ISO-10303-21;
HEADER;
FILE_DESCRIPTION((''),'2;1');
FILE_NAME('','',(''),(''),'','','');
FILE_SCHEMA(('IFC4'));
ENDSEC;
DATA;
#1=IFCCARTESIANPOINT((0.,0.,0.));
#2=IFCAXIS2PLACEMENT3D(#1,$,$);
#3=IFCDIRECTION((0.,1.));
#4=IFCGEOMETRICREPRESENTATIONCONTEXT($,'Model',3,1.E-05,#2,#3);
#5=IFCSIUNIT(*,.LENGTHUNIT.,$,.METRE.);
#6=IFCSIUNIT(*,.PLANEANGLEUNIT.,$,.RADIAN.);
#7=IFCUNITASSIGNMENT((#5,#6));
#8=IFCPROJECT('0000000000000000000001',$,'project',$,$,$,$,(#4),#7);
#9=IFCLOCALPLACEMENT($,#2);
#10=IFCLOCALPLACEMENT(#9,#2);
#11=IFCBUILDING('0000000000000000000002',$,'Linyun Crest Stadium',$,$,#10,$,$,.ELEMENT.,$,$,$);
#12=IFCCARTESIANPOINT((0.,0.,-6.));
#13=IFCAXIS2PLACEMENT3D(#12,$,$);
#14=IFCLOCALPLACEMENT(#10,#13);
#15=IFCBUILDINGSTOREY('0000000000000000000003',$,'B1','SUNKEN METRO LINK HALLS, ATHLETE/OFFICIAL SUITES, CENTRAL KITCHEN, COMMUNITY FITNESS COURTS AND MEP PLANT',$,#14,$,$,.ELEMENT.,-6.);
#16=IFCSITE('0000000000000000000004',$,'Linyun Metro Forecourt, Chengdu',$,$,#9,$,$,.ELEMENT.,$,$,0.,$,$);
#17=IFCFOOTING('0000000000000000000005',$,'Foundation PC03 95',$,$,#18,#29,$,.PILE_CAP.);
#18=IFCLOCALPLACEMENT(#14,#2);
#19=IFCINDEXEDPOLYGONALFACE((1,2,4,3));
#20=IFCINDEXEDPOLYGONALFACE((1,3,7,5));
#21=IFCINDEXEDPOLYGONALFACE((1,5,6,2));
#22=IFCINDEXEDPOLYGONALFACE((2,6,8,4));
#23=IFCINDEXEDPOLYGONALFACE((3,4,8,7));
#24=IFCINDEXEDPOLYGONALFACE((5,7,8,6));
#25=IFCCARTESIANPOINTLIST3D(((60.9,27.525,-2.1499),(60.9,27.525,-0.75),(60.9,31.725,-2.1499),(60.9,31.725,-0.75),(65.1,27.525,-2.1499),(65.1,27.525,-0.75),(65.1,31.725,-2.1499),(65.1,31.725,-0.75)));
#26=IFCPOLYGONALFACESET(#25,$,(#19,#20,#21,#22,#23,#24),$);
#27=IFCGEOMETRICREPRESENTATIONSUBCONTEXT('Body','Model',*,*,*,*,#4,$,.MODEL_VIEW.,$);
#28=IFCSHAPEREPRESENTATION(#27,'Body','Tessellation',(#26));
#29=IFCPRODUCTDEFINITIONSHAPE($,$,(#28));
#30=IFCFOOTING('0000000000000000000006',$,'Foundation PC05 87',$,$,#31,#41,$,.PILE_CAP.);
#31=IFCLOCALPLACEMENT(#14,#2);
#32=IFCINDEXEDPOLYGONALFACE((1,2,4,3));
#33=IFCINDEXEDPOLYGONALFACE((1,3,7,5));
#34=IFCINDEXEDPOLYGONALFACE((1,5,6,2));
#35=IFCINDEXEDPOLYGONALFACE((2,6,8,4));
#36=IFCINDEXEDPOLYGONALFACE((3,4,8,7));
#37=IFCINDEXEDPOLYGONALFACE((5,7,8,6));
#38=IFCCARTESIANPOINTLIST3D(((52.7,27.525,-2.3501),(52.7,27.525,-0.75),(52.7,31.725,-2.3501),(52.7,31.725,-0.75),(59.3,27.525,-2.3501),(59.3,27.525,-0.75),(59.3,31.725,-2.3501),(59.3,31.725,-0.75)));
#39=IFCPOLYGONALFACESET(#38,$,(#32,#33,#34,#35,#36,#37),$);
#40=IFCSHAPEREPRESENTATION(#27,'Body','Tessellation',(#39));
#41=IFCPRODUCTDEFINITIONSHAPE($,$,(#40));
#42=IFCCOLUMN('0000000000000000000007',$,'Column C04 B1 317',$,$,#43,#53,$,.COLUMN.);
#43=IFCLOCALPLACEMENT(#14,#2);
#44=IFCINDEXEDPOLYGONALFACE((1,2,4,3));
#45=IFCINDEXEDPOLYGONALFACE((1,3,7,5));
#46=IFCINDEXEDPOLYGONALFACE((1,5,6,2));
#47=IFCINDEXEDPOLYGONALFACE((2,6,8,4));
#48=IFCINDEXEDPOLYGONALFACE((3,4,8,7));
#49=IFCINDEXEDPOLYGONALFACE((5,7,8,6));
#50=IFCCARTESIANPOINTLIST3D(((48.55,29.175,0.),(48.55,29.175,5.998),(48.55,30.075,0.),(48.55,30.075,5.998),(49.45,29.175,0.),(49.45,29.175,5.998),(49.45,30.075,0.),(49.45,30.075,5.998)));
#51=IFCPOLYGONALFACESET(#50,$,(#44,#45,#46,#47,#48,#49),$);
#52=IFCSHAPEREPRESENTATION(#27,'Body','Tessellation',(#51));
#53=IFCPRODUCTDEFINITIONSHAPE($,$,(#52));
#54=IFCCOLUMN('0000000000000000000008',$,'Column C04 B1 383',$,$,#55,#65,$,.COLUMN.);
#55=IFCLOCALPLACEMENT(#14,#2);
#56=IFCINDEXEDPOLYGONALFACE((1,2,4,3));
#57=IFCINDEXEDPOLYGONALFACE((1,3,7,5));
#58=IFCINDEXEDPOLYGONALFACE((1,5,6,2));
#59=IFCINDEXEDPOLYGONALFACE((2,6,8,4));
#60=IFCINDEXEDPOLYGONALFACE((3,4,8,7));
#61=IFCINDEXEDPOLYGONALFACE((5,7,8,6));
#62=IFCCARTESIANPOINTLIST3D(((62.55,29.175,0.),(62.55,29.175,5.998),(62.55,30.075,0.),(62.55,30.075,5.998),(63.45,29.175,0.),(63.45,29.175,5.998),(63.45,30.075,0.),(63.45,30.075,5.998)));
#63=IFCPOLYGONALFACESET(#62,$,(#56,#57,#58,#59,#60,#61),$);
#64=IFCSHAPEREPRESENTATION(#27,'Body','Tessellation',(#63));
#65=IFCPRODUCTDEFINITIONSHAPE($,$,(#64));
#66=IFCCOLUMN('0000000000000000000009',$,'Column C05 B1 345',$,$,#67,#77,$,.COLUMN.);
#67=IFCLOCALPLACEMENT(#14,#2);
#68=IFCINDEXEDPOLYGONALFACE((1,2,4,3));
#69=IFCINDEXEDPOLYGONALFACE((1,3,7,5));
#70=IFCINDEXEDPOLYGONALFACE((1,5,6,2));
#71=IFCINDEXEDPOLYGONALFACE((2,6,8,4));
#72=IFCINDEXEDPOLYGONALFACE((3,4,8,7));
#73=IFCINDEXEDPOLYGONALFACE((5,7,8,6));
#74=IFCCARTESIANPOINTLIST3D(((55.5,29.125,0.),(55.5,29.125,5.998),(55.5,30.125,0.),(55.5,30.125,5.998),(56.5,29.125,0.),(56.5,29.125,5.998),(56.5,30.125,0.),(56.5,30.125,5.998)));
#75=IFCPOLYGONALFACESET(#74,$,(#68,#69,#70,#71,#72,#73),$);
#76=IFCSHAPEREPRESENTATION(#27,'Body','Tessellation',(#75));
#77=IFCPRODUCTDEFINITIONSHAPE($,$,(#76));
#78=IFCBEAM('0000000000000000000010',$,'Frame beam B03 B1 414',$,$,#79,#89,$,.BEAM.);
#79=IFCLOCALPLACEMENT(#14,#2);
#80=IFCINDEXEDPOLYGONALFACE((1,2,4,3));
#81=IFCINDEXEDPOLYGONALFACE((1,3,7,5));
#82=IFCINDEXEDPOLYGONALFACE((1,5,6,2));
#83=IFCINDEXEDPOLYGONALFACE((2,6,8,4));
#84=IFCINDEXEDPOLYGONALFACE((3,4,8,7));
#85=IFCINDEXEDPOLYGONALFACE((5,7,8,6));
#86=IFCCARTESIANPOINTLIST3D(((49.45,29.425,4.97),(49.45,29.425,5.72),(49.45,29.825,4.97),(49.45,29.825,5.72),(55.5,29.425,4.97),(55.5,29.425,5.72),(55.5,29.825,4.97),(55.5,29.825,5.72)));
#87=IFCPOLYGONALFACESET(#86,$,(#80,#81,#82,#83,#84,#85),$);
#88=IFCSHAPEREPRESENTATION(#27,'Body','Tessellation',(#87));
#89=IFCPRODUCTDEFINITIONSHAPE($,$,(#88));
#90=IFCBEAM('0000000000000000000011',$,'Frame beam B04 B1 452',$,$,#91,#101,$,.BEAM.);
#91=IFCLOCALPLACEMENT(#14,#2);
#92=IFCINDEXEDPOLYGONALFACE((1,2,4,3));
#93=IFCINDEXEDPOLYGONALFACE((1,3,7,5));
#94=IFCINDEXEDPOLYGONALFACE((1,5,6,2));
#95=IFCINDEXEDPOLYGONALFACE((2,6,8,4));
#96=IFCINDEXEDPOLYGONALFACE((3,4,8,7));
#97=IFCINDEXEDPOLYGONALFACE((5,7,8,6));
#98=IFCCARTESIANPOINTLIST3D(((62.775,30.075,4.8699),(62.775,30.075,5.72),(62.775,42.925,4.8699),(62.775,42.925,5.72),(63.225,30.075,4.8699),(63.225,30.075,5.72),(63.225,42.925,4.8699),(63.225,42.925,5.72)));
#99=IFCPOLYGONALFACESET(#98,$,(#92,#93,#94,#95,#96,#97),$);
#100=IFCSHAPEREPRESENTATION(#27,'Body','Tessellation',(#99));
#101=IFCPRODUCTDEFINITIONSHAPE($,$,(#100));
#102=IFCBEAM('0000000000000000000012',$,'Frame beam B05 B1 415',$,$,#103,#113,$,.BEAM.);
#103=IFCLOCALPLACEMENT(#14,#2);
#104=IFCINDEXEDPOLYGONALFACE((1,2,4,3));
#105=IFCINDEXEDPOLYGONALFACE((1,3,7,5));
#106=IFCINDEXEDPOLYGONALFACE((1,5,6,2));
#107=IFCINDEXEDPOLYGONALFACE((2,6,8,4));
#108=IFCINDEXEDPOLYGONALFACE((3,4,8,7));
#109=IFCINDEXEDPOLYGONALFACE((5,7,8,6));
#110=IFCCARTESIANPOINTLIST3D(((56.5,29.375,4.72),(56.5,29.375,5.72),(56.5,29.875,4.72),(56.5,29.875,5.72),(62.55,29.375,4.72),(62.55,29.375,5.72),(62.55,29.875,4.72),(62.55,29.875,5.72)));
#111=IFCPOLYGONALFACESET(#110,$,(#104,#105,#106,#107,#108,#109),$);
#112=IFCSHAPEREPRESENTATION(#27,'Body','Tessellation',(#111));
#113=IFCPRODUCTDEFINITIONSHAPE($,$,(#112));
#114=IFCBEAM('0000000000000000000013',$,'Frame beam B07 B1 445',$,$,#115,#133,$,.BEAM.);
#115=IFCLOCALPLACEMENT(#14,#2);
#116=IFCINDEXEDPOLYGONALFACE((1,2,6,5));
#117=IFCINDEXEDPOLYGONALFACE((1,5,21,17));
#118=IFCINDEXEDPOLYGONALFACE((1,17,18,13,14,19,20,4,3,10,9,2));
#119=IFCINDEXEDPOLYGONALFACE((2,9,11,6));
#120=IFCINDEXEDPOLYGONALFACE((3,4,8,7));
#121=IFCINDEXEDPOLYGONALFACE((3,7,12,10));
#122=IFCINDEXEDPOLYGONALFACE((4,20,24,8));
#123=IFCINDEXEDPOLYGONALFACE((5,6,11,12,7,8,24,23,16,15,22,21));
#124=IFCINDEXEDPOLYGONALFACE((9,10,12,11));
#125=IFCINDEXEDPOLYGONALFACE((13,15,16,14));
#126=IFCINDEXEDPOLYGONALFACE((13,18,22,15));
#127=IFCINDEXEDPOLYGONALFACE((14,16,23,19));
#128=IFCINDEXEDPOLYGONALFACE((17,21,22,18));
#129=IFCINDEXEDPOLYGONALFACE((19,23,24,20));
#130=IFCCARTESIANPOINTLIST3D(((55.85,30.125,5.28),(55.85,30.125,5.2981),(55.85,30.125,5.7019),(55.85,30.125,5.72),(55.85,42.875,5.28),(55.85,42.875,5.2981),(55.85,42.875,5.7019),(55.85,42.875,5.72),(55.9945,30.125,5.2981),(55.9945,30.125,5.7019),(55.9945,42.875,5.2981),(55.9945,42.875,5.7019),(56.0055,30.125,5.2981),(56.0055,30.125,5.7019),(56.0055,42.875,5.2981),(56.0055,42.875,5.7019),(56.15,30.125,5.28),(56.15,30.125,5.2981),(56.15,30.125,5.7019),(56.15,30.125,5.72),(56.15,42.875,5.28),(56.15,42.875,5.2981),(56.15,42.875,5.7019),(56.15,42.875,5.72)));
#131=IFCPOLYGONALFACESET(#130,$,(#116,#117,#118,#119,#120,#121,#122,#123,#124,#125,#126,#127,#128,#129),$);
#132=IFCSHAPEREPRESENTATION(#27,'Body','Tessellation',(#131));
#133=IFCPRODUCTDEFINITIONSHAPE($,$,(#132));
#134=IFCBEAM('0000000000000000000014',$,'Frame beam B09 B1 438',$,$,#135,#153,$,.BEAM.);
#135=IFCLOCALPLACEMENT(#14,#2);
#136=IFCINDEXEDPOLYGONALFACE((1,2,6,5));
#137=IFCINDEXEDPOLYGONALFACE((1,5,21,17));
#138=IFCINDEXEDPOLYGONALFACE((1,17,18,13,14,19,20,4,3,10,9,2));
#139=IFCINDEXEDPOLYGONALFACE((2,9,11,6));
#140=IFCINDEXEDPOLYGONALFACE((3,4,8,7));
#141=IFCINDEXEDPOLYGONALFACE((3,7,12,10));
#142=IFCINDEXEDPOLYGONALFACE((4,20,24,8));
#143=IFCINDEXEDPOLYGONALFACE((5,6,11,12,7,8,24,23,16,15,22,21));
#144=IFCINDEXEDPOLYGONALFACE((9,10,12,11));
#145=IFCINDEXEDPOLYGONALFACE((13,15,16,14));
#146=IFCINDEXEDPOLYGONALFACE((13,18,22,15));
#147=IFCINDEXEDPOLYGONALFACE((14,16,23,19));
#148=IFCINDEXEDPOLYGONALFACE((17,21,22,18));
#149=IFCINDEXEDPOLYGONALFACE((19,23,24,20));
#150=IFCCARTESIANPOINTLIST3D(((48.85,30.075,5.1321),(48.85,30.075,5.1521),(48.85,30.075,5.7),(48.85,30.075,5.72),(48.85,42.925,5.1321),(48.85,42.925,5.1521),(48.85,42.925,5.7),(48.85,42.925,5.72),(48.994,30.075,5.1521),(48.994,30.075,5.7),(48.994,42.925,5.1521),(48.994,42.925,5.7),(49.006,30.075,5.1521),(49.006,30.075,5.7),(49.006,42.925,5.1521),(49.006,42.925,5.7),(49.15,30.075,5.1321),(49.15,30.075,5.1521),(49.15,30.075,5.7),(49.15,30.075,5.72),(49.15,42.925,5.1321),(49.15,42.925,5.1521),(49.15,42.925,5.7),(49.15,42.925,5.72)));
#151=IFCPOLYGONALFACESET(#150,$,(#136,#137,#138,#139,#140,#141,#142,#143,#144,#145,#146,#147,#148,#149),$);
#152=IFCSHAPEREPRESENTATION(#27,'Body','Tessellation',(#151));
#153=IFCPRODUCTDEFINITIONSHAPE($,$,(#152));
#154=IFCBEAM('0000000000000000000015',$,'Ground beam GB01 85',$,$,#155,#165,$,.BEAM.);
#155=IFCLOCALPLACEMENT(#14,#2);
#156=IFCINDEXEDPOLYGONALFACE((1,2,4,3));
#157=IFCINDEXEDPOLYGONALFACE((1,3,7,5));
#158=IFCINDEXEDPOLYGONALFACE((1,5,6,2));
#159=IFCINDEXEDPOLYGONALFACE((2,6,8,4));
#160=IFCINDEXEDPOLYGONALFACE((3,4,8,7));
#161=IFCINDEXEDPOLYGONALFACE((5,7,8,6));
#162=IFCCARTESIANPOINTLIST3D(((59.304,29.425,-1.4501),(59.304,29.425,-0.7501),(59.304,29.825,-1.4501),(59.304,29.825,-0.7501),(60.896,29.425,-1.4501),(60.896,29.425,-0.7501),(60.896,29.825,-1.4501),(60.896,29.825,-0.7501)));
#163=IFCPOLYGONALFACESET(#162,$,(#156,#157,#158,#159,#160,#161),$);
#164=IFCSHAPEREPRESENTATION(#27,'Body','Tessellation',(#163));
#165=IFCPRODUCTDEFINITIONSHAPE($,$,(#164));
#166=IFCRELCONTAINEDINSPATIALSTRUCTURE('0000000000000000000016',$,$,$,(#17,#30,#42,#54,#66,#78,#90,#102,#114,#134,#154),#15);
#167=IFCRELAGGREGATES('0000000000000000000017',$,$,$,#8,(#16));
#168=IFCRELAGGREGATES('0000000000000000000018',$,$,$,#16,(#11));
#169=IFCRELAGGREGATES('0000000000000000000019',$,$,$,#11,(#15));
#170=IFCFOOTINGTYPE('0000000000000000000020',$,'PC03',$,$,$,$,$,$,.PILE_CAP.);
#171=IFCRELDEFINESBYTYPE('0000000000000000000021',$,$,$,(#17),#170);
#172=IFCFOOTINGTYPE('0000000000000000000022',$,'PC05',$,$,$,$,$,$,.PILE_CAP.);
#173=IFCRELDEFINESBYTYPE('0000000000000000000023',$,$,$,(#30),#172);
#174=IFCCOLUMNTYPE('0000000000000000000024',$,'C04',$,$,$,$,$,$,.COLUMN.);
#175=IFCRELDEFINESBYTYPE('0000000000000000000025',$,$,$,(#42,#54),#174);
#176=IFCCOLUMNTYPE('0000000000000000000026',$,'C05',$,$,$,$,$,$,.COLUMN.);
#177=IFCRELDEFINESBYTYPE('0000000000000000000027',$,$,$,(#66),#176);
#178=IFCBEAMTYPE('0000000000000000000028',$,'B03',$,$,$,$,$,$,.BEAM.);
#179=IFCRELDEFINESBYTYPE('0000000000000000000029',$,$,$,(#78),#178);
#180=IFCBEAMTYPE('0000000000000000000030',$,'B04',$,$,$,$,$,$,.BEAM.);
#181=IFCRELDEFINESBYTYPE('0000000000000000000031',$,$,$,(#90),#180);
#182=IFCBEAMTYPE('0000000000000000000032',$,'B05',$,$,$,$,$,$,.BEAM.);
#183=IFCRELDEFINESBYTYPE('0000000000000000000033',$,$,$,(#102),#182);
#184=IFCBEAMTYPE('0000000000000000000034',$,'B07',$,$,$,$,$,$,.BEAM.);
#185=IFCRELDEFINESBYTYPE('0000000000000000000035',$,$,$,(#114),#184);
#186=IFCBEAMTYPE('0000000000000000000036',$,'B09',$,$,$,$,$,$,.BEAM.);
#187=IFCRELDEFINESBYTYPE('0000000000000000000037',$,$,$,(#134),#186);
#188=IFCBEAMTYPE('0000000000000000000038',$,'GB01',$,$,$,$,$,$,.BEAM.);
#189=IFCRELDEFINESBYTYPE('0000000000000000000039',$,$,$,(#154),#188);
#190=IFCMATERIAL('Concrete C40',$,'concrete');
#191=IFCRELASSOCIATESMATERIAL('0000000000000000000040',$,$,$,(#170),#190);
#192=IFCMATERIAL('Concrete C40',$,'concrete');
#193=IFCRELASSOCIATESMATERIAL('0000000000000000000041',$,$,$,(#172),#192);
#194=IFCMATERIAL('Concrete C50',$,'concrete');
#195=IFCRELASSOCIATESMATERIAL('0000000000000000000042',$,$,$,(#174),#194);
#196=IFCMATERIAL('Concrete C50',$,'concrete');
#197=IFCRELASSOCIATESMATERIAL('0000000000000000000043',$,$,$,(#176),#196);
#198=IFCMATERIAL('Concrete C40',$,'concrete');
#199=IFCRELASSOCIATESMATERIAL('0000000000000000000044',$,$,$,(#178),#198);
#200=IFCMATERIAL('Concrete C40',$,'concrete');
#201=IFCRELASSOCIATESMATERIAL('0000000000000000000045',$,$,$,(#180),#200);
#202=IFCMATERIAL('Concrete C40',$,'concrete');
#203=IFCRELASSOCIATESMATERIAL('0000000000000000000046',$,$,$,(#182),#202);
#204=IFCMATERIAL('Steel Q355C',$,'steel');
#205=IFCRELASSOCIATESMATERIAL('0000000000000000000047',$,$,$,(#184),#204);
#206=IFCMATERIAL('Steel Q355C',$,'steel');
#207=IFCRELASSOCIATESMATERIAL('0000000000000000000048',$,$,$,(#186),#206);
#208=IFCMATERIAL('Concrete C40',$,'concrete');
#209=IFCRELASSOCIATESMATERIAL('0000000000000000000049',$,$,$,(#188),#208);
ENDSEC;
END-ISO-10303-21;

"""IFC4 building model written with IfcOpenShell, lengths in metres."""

from ifc_helpers import new_model, si_unit, direction, frame, origin, origin_2d, place, context, subcontext, project, spatial, rectangle, i_section, extrude, material, material_profile, profile_set, type_object, element, save


model = new_model("IFC4")

# Units and contexts
model_context = context("Model", 3, precision=1e-05, world=origin(), true_north=direction((0.0, 1.0)))
body_context = subcontext(model_context, "Body", "Model", "MODEL_VIEW")
ifc_project = project(units=[si_unit("LENGTHUNIT", "METRE"), si_unit("PLANEANGLEUNIT", "RADIAN")], contexts=[model_context])

# Site, building, storey
site_placement = place(None, origin())
site = spatial("IfcSite", under=ifc_project, at=site_placement, Name="Linyun Metro Forecourt, Chengdu", CompositionType="ELEMENT", RefElevation=0.0)
building_placement = place(site_placement, origin())
building = spatial("IfcBuilding", under=site, at=building_placement, Name="Linyun Crest Stadium", CompositionType="ELEMENT")
storey_placement = place(building_placement, frame((0.0, 0.0, -6.0)))
storey = spatial("IfcBuildingStorey", under=building, at=storey_placement, Name="B1", Description="SUNKEN METRO LINK HALLS, ATHLETE/OFFICIAL SUITES, CENTRAL KITCHEN, COMMUNITY FITNESS COURTS AND MEP PLANT", CompositionType="ELEMENT", Elevation=-6.0)

# Footings
ifc_material_1 = material(Name="Concrete C40", Category="concrete")
footing_type_1 = type_object("IfcFootingType", Name="PC03", PredefinedType="PILE_CAP", material=ifc_material_1)
for number, where, z_axis, x_axis, name in (
    (1, (63.0, 29.625, -2.1499), (0.0, 0.0, 1.0), (1.0, 0.0, 0.0), "Foundation PC03 95"),
):
    element("IfcFooting", number, at=place(storey_placement, frame(where, z_axis=z_axis, x_axis=x_axis)), inside=storey, type_object=footing_type_1, Name=name, PredefinedType="PILE_CAP", context=body_context, shape_type="SweptSolid", body=[
        extrude(rectangle(XDim=4.2, YDim=4.2, at=origin_2d()), origin(), (0.0, 0.0, 1.0), 1.3999),
    ])
ifc_material_2 = material(Name="Concrete C40", Category="concrete")
footing_type_2 = type_object("IfcFootingType", Name="PC05", PredefinedType="PILE_CAP", material=ifc_material_2)
footing_placement = place(storey_placement, frame((56.0, 29.625, -2.3501), z_axis=(0.0, 0.0, 1.0), x_axis=(1.0, 0.0, 0.0)))
element("IfcFooting", 2, at=footing_placement, inside=storey, type_object=footing_type_2, Name="Foundation PC05 87", PredefinedType="PILE_CAP", context=body_context, shape_type="SweptSolid", body=[
    extrude(rectangle(XDim=6.6001, YDim=4.2, at=origin_2d()), origin(), (0.0, 0.0, 1.0), 1.6001),
])

# Columns
ifc_material_3 = material(Name="Concrete C50", Category="concrete")
ifc_material_profile_1 = material_profile(ifc_material_3, rectangle(XDim=0.8999, YDim=0.8999, at=origin_2d()), Name="RC 900x900")
ifc_profile_set_1 = profile_set([ifc_material_profile_1], Name="Concrete C50")
column_type_1 = type_object("IfcColumnType", Name="C04", PredefinedType="COLUMN", material=ifc_profile_set_1)
for number, where, z_axis, x_axis, name in (
    (3, (49.0, 29.625, 0.0), (0.0, 0.0, 1.0), (1.0, 0.0, 0.0), "Column C04 B1 317"),
    (4, (63.0, 29.625, 0.0), (0.0, 0.0, 1.0), (1.0, 0.0, 0.0), "Column C04 B1 383"),
):
    element("IfcColumn", number, at=place(storey_placement, frame(where, z_axis=z_axis, x_axis=x_axis)), inside=storey, type_object=column_type_1, Name=name, PredefinedType="COLUMN", context=body_context, shape_type="SweptSolid", body=[
        extrude(rectangle(XDim=0.8999, YDim=0.8999, at=origin_2d()), origin(), (0.0, 0.0, 1.0), 5.998),
    ])
ifc_material_4 = material(Name="Concrete C50", Category="concrete")
ifc_material_profile_2 = material_profile(ifc_material_4, rectangle(XDim=1.0, YDim=1.0, at=origin_2d()), Name="RC 1000x1000")
ifc_profile_set_2 = profile_set([ifc_material_profile_2], Name="Concrete C50")
column_type_2 = type_object("IfcColumnType", Name="C05", PredefinedType="COLUMN", material=ifc_profile_set_2)
column_placement = place(storey_placement, frame((56.0, 29.625, 0.0), z_axis=(0.0, 0.0, 1.0), x_axis=(1.0, 0.0, 0.0)))
element("IfcColumn", 5, at=column_placement, inside=storey, type_object=column_type_2, Name="Column C05 B1 345", PredefinedType="COLUMN", context=body_context, shape_type="SweptSolid", body=[
    extrude(rectangle(XDim=1.0, YDim=1.0, at=origin_2d()), origin(), (0.0, 0.0, 1.0), 5.998),
])

# Beams
ifc_material_5 = material(Name="Concrete C40", Category="concrete")
ifc_material_profile_3 = material_profile(ifc_material_5, rectangle(XDim=0.3999, YDim=0.75, at=origin_2d()), Name="RCB 750x400")
ifc_profile_set_3 = profile_set([ifc_material_profile_3], Name="Concrete C40")
beam_type_1 = type_object("IfcBeamType", Name="B03", PredefinedType="BEAM", material=ifc_profile_set_3)
beam_1_placement = place(storey_placement, frame((49.45, 29.625, 5.345), z_axis=(1.0, 0.0, 0.0), x_axis=(0.0, 1.0, 0.0)))
element("IfcBeam", 6, at=beam_1_placement, inside=storey, type_object=beam_type_1, Name="Frame beam B03 B1 414", PredefinedType="BEAM", context=body_context, shape_type="SweptSolid", body=[
    extrude(rectangle(XDim=0.3999, YDim=0.75, at=origin_2d()), origin(), (0.0, 0.0, 1.0), 6.05),
])
ifc_material_6 = material(Name="Concrete C40", Category="concrete")
ifc_material_profile_4 = material_profile(ifc_material_6, rectangle(XDim=0.45, YDim=0.8501, at=origin_2d()), Name="RCB 850x450")
ifc_profile_set_4 = profile_set([ifc_material_profile_4], Name="Concrete C40")
beam_type_2 = type_object("IfcBeamType", Name="B04", PredefinedType="BEAM", material=ifc_profile_set_4)
beam_2_placement = place(storey_placement, frame((63.0, 30.075, 5.2949), z_axis=(0.0, 1.0, 0.0), x_axis=(-1.0, 0.0, 0.0)))
element("IfcBeam", 7, at=beam_2_placement, inside=storey, type_object=beam_type_2, Name="Frame beam B04 B1 452", PredefinedType="BEAM", context=body_context, shape_type="SweptSolid", body=[
    extrude(rectangle(XDim=0.45, YDim=0.8501, at=origin_2d()), origin(), (0.0, 0.0, 1.0), 12.8501),
])
ifc_material_7 = material(Name="Concrete C40", Category="concrete")
ifc_material_profile_5 = material_profile(ifc_material_7, rectangle(XDim=0.5, YDim=1.0, at=origin_2d()), Name="RCB 1000x500")
ifc_profile_set_5 = profile_set([ifc_material_profile_5], Name="Concrete C40")
beam_type_3 = type_object("IfcBeamType", Name="B05", PredefinedType="BEAM", material=ifc_profile_set_5)
beam_3_placement = place(storey_placement, frame((56.5, 29.625, 5.22), z_axis=(1.0, 0.0, 0.0), x_axis=(0.0, 1.0, 0.0)))
element("IfcBeam", 8, at=beam_3_placement, inside=storey, type_object=beam_type_3, Name="Frame beam B05 B1 415", PredefinedType="BEAM", context=body_context, shape_type="SweptSolid", body=[
    extrude(rectangle(XDim=0.5, YDim=1.0, at=origin_2d()), origin(), (0.0, 0.0, 1.0), 6.05),
])
ifc_material_8 = material(Name="Steel Q355C", Category="steel")
ifc_material_profile_6 = material_profile(ifc_material_8, i_section(OverallWidth=0.3, OverallDepth=0.4399, WebThickness=0.011, FlangeThickness=0.0181, at=origin_2d()), Name="HM 440x300")
ifc_profile_set_6 = profile_set([ifc_material_profile_6], Name="Steel Q355C")
beam_type_4 = type_object("IfcBeamType", Name="B07", PredefinedType="BEAM", material=ifc_profile_set_6)
beam_4_placement = place(storey_placement, frame((56.0, 30.125, 5.5), z_axis=(0.0, 1.0, 0.0), x_axis=(-1.0, 0.0, 0.0)))
element("IfcBeam", 9, at=beam_4_placement, inside=storey, type_object=beam_type_4, Name="Frame beam B07 B1 445", PredefinedType="BEAM", context=body_context, shape_type="SweptSolid", body=[
    extrude(i_section(OverallWidth=0.3, OverallDepth=0.4399, WebThickness=0.011, FlangeThickness=0.0181, at=origin_2d()), origin(), (0.0, 0.0, 1.0), 12.75),
])
ifc_material_9 = material(Name="Steel Q355C", Category="steel")
ifc_material_profile_7 = material_profile(ifc_material_9, i_section(OverallWidth=0.3, OverallDepth=0.5879, WebThickness=0.012, FlangeThickness=0.02, at=origin_2d()), Name="HM 588x300")
ifc_profile_set_7 = profile_set([ifc_material_profile_7], Name="Steel Q355C")
beam_type_5 = type_object("IfcBeamType", Name="B09", PredefinedType="BEAM", material=ifc_profile_set_7)
beam_5_placement = place(storey_placement, frame((49.0, 30.075, 5.426), z_axis=(0.0, 1.0, 0.0), x_axis=(-1.0, 0.0, 0.0)))
element("IfcBeam", 10, at=beam_5_placement, inside=storey, type_object=beam_type_5, Name="Frame beam B09 B1 438", PredefinedType="BEAM", context=body_context, shape_type="SweptSolid", body=[
    extrude(i_section(OverallWidth=0.3, OverallDepth=0.5879, WebThickness=0.012, FlangeThickness=0.02, at=origin_2d()), origin(), (0.0, 0.0, 1.0), 12.8501),
])
ifc_material_10 = material(Name="Concrete C40", Category="concrete")
ifc_material_profile_8 = material_profile(ifc_material_10, rectangle(XDim=0.3999, YDim=0.7, at=origin_2d()), Name="RCB 700x400")
ifc_profile_set_8 = profile_set([ifc_material_profile_8], Name="Concrete C40")
beam_type_6 = type_object("IfcBeamType", Name="GB01", PredefinedType="BEAM", material=ifc_profile_set_8)
beam_6_placement = place(storey_placement, frame((59.304, 29.625, -1.1001), z_axis=(1.0, 0.0, 0.0), x_axis=(0.0, 1.0, 0.0)))
element("IfcBeam", 11, at=beam_6_placement, inside=storey, type_object=beam_type_6, Name="Ground beam GB01 85", PredefinedType="BEAM", context=body_context, shape_type="SweptSolid", body=[
    extrude(rectangle(XDim=0.3999, YDim=0.7, at=origin_2d()), origin(), (0.0, 0.0, 1.0), 1.592),
])

save(model, "model.ifc")
